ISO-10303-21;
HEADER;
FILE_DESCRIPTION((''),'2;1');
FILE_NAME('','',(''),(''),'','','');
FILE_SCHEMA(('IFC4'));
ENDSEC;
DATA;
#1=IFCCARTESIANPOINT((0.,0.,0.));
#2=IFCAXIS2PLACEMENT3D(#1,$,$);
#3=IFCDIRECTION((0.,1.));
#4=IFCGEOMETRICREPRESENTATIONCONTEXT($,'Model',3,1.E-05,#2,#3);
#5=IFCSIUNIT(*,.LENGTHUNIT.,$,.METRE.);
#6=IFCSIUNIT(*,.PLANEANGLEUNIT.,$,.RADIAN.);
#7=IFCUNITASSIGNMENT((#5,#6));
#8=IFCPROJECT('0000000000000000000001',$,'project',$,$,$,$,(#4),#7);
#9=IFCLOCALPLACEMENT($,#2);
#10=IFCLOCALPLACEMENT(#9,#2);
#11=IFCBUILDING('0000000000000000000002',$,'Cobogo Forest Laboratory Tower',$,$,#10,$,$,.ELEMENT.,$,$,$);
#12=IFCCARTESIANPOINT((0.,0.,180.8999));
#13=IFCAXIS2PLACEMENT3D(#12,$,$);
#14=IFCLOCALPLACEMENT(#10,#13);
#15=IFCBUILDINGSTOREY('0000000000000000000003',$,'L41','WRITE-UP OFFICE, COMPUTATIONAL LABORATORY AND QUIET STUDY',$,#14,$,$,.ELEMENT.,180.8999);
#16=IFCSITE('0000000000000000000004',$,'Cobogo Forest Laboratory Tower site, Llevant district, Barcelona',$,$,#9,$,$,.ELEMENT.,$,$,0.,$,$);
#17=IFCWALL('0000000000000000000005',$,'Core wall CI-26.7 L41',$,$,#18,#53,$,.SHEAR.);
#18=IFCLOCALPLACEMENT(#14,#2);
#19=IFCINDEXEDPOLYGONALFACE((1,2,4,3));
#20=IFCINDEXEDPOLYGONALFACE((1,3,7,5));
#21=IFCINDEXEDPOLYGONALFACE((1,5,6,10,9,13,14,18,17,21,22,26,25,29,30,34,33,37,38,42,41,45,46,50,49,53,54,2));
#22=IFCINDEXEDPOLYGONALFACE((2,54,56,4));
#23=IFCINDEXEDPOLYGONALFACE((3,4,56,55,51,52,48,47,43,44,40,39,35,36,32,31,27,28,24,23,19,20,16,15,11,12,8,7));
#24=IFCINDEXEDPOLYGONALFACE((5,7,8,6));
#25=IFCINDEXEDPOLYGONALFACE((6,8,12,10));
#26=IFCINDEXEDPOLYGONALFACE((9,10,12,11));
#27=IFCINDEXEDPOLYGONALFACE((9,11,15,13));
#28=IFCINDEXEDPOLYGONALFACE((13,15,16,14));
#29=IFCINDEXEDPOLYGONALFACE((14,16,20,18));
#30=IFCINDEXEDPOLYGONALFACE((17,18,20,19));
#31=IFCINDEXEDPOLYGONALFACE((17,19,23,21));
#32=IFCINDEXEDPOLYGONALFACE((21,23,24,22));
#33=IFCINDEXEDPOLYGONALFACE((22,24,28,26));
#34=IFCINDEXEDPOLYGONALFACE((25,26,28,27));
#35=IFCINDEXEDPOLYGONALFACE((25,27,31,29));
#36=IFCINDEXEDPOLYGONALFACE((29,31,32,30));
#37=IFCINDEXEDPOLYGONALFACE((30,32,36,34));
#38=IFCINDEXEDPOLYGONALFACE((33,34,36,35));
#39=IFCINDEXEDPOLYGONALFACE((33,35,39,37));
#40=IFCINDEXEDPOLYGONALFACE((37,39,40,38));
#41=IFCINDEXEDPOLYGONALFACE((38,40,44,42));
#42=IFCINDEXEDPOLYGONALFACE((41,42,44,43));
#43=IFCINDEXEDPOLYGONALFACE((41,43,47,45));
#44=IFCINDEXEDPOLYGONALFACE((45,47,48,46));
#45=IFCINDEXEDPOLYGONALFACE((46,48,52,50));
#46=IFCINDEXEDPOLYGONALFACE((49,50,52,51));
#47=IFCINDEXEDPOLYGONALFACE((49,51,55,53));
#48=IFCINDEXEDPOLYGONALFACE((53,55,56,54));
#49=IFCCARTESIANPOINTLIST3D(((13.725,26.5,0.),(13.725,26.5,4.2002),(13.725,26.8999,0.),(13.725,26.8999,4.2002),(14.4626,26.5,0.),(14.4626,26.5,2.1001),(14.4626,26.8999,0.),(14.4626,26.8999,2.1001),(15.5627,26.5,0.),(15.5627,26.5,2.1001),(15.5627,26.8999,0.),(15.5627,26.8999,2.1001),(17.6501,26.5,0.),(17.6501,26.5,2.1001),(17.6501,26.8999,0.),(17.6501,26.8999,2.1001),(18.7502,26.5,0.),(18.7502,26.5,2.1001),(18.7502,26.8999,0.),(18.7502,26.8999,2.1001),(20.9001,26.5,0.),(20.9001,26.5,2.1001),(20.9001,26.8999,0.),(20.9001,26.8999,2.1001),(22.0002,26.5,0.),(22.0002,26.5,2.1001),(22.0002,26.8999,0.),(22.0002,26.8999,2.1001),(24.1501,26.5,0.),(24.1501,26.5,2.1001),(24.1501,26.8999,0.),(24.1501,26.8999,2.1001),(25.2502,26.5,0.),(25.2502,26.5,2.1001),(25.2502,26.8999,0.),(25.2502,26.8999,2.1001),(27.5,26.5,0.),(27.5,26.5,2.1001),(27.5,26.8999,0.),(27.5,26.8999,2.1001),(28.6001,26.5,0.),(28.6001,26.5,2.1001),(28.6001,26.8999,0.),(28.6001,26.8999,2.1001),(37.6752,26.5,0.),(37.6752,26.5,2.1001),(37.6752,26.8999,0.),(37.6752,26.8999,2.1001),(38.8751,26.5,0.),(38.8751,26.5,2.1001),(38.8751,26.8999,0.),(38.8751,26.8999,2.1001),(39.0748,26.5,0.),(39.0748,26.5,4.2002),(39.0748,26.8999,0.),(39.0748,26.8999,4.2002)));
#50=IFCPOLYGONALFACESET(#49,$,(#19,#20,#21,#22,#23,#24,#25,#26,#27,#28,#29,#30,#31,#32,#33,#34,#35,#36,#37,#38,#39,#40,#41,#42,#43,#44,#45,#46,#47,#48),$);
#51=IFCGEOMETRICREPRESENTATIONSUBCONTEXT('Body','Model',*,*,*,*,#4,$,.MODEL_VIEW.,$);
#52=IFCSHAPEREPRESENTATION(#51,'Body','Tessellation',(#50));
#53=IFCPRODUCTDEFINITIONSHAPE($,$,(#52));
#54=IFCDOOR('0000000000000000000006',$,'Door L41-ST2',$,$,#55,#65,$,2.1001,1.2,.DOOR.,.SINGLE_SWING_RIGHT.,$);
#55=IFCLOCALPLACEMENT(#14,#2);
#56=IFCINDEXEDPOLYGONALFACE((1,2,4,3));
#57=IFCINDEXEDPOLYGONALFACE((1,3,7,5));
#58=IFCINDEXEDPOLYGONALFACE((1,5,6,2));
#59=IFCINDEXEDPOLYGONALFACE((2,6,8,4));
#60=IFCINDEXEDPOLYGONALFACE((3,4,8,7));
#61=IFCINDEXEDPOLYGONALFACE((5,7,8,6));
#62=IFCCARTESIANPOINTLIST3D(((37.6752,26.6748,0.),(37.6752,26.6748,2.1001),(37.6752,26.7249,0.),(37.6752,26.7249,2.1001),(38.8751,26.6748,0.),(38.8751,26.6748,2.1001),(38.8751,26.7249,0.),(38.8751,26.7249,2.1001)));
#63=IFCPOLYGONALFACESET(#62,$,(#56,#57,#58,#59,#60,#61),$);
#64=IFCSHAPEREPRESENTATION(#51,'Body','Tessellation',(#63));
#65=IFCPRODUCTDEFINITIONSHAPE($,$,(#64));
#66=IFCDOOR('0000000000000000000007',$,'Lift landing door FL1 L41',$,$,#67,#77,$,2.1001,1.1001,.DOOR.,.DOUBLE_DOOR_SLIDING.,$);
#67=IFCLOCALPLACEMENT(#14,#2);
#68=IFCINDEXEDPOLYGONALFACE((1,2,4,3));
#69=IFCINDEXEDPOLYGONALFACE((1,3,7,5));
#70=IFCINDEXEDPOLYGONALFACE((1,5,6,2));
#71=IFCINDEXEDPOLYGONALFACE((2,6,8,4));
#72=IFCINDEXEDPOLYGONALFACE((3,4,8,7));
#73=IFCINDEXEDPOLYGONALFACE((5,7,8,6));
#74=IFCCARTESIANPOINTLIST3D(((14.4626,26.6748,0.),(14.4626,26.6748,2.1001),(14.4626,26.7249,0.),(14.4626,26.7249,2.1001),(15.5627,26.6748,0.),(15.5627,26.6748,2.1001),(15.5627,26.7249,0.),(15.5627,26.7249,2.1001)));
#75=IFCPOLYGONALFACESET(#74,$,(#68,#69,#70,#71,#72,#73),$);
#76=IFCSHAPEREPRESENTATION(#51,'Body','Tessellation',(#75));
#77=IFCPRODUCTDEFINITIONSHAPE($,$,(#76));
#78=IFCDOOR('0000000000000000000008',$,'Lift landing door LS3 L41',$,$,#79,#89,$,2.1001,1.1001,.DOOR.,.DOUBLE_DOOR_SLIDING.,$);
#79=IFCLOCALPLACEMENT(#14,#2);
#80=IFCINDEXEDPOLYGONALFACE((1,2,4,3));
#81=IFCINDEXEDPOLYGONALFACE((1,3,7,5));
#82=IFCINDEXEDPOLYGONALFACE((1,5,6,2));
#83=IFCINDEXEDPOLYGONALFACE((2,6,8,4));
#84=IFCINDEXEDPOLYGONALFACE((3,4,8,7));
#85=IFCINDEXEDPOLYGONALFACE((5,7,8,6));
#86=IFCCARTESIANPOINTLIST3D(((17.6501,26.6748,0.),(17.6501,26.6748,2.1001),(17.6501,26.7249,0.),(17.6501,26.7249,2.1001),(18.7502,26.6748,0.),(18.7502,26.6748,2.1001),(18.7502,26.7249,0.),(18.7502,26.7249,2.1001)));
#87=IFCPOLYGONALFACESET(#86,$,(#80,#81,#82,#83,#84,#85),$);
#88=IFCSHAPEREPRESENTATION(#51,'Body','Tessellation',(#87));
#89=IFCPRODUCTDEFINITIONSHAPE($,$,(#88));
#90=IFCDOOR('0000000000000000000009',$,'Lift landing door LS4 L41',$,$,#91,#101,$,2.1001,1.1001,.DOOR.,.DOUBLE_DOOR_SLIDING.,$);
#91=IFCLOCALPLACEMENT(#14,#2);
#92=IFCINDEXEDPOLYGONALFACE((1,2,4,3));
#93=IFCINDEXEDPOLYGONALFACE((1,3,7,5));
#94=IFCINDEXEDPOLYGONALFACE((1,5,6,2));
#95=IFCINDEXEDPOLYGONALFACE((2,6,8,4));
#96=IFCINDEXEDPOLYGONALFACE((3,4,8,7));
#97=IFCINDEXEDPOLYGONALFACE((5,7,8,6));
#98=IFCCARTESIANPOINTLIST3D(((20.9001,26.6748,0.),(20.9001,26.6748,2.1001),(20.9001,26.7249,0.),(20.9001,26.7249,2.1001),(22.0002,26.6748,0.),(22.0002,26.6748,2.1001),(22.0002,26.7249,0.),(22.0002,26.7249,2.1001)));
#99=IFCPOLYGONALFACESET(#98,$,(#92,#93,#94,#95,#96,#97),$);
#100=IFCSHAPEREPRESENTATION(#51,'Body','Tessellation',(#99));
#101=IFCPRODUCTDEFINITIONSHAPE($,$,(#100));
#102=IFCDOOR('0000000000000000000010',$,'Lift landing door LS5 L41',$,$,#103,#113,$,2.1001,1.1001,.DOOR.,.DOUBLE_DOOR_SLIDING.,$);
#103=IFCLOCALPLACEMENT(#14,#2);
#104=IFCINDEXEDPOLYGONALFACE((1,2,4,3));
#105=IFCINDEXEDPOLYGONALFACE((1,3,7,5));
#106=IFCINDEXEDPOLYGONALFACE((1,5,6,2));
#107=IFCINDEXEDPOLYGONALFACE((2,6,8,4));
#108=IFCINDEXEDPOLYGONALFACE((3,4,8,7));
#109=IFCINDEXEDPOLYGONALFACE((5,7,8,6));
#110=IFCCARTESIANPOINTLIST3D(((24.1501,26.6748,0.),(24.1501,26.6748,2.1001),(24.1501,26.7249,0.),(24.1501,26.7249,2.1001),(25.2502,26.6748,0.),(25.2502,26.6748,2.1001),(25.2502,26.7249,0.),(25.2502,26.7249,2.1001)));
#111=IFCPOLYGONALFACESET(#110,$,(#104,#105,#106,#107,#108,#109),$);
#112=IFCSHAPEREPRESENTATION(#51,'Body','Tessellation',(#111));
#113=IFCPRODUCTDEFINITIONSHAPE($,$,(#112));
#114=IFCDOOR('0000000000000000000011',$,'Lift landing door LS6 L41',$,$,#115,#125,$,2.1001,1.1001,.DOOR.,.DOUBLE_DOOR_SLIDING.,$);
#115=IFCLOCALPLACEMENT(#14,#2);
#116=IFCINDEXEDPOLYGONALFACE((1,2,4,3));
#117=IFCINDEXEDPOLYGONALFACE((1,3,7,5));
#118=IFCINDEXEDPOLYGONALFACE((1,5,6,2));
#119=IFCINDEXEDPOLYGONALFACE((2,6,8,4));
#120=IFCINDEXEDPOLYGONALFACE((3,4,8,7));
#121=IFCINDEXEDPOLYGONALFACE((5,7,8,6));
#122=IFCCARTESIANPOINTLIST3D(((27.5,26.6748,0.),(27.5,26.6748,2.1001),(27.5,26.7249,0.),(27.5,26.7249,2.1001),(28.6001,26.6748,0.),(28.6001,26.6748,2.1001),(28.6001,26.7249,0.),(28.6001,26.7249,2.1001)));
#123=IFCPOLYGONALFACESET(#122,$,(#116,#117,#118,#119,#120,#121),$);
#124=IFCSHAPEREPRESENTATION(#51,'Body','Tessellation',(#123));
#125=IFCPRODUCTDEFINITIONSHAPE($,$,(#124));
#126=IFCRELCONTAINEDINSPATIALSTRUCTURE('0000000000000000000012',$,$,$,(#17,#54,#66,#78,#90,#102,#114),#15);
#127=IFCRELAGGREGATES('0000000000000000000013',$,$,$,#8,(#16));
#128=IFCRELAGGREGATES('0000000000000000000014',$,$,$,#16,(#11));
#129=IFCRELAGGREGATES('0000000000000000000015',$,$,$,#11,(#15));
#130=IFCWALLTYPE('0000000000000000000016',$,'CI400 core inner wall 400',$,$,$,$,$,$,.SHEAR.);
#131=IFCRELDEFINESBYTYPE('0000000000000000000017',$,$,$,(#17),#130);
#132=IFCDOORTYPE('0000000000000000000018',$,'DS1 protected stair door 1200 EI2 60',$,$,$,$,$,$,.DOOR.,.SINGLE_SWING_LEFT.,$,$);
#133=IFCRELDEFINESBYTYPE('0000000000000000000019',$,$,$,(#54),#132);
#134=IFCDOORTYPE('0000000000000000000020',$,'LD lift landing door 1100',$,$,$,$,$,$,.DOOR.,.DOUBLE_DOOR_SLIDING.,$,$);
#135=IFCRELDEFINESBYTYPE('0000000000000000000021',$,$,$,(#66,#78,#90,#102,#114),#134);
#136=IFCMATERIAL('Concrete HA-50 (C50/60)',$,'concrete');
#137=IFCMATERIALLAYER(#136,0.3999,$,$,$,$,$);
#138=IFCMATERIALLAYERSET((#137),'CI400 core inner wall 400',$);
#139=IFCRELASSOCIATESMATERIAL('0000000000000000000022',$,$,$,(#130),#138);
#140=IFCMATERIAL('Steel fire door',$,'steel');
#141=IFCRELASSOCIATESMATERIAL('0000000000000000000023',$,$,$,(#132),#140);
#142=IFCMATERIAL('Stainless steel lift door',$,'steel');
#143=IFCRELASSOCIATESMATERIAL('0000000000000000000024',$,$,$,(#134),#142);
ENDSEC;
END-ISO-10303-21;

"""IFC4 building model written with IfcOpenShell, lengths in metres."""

from ifc_helpers import new_model, si_unit, direction, frame, frame_2d, origin, place, context, subcontext, project, spatial, rectangle, extrude, material, layer, layer_set, type_object, element, fill, save


model = new_model("IFC4")

# Units and contexts
model_context = context("Model", 3, precision=1e-05, world=origin(), true_north=direction((0.0, 1.0)))
body_context = subcontext(model_context, "Body", "Model", "MODEL_VIEW")
ifc_project = project(units=[si_unit("LENGTHUNIT", "METRE"), si_unit("PLANEANGLEUNIT", "RADIAN")], contexts=[model_context])

# Site, building, storey
site_placement = place(None, origin())
site = spatial("IfcSite", under=ifc_project, at=site_placement, Name="Cobogo Forest Laboratory Tower site, Llevant district, Barcelona", CompositionType="ELEMENT", RefElevation=0.0)
building_placement = place(site_placement, origin())
building = spatial("IfcBuilding", under=site, at=building_placement, Name="Cobogo Forest Laboratory Tower", CompositionType="ELEMENT")
storey_placement = place(building_placement, frame((0.0, 0.0, 180.8999)))
storey = spatial("IfcBuildingStorey", under=building, at=storey_placement, Name="L41", Description="WRITE-UP OFFICE, COMPUTATIONAL LABORATORY AND QUIET STUDY", CompositionType="ELEMENT", Elevation=180.8999)

# Shared definitions
ifc_material_1 = material(Name="Concrete HA-50 (C50/60)", Category="concrete")

# Wall, openings, doors
ifc_layer_1 = layer(ifc_material_1, 0.3999)
ifc_layer_set_1 = layer_set([ifc_layer_1], Name="CI400 core inner wall 400")
wall_type_1 = type_object("IfcWallType", Name="CI400 core inner wall 400", PredefinedType="SHEAR", material=ifc_layer_set_1)
wall_1_placement = place(storey_placement, frame((13.7251, 26.7, 0.0), z_axis=(0.0, 0.0, 1.0), x_axis=(1.0, 0.0, 0.0)))
wall_1 = element("IfcWall", 1, at=wall_1_placement, inside=storey, type_object=wall_type_1, Name="Core wall CI-26.7 L41", PredefinedType="SHEAR", context=body_context, shape_type="SweptSolid", body=[
    extrude(rectangle(XDim=25.3499, YDim=0.3999, at=frame_2d((12.6748, 0.0))), origin(), (0.0, 0.0, 1.0), 4.2002),
])
opening_1_placement = place(wall_1_placement, frame((23.95, 0.0, 0.0)))
opening_1 = element("IfcOpeningElement", 2, at=opening_1_placement, cuts=wall_1, PredefinedType="OPENING", context=body_context, shape_type="SweptSolid", body=[
    extrude(rectangle(XDim=1.2, YDim=2.1001, at=frame_2d((0.6001, 1.05))), frame((0.0, 0.21, 0.0), z_axis=(0.0, -1.0, 0.0), x_axis=(1.0, 0.0, 0.0)), (0.0, 0.0, 1.0), 0.4199),
])
opening_2_placement = place(wall_1_placement, frame((0.7375, 0.0, 0.0)))
opening_2 = element("IfcOpeningElement", 3, at=opening_2_placement, cuts=wall_1, PredefinedType="OPENING", context=body_context, shape_type="SweptSolid", body=[
    extrude(rectangle(XDim=1.1001, YDim=2.1001, at=frame_2d((0.55, 1.05))), frame((0.0, 0.21, 0.0), z_axis=(0.0, -1.0, 0.0), x_axis=(1.0, 0.0, 0.0)), (0.0, 0.0, 1.0), 0.4199),
])
opening_3_placement = place(wall_1_placement, frame((3.925, 0.0, 0.0)))
opening_3 = element("IfcOpeningElement", 4, at=opening_3_placement, cuts=wall_1, PredefinedType="OPENING", context=body_context, shape_type="SweptSolid", body=[
    extrude(rectangle(XDim=1.1001, YDim=2.1001, at=frame_2d((0.55, 1.05))), frame((0.0, 0.21, 0.0), z_axis=(0.0, -1.0, 0.0), x_axis=(1.0, 0.0, 0.0)), (0.0, 0.0, 1.0), 0.4199),
])
opening_4_placement = place(wall_1_placement, frame((7.175, 0.0, 0.0)))
opening_4 = element("IfcOpeningElement", 5, at=opening_4_placement, cuts=wall_1, PredefinedType="OPENING", context=body_context, shape_type="SweptSolid", body=[
    extrude(rectangle(XDim=1.1001, YDim=2.1001, at=frame_2d((0.55, 1.05))), frame((0.0, 0.21, 0.0), z_axis=(0.0, -1.0, 0.0), x_axis=(1.0, 0.0, 0.0)), (0.0, 0.0, 1.0), 0.4199),
])
opening_5_placement = place(wall_1_placement, frame((10.425, 0.0, 0.0)))
opening_5 = element("IfcOpeningElement", 6, at=opening_5_placement, cuts=wall_1, PredefinedType="OPENING", context=body_context, shape_type="SweptSolid", body=[
    extrude(rectangle(XDim=1.1001, YDim=2.1001, at=frame_2d((0.55, 1.05))), frame((0.0, 0.21, 0.0), z_axis=(0.0, -1.0, 0.0), x_axis=(1.0, 0.0, 0.0)), (0.0, 0.0, 1.0), 0.4199),
])
opening_6_placement = place(wall_1_placement, frame((13.7749, 0.0, 0.0)))
opening_6 = element("IfcOpeningElement", 7, at=opening_6_placement, cuts=wall_1, PredefinedType="OPENING", context=body_context, shape_type="SweptSolid", body=[
    extrude(rectangle(XDim=1.1001, YDim=2.1001, at=frame_2d((0.55, 1.05))), frame((0.0, 0.21, 0.0), z_axis=(0.0, -1.0, 0.0), x_axis=(1.0, 0.0, 0.0)), (0.0, 0.0, 1.0), 0.4199),
])
ifc_material_2 = material(Name="Steel fire door", Category="steel")
door_type_1 = type_object("IfcDoorType", Name="DS1 protected stair door 1200 EI2 60", OperationType="SINGLE_SWING_LEFT", PredefinedType="DOOR", material=ifc_material_2)
door_1_placement = place(opening_1_placement, origin())
door_1 = element("IfcDoor", 8, at=door_1_placement, inside=storey, type_object=door_type_1, Name="Door L41-ST2", OperationType="SINGLE_SWING_RIGHT", OverallHeight=2.1001, OverallWidth=1.2, PredefinedType="DOOR", context=body_context, shape_type="SweptSolid", body=[
    extrude(rectangle(XDim=1.2, YDim=2.1001, at=frame_2d((0.6001, 1.05))), frame((0.0, 0.0249, 0.0), z_axis=(0.0, -1.0, 0.0), x_axis=(1.0, 0.0, 0.0)), (0.0, 0.0, 1.0), 0.05),
])
fill(opening_1, door_1)
ifc_material_3 = material(Name="Stainless steel lift door", Category="steel")
door_type_2 = type_object("IfcDoorType", Name="LD lift landing door 1100", OperationType="DOUBLE_DOOR_SLIDING", PredefinedType="DOOR", material=ifc_material_3)
door_2_placement = place(opening_2_placement, origin())
door_2 = element("IfcDoor", 9, at=door_2_placement, inside=storey, type_object=door_type_2, Name="Lift landing door FL1 L41", OperationType="DOUBLE_DOOR_SLIDING", OverallHeight=2.1001, OverallWidth=1.1001, PredefinedType="DOOR", context=body_context, shape_type="SweptSolid", body=[
    extrude(rectangle(XDim=1.1001, YDim=2.1001, at=frame_2d((0.55, 1.05))), frame((0.0, 0.0249, 0.0), z_axis=(0.0, -1.0, 0.0), x_axis=(1.0, 0.0, 0.0)), (0.0, 0.0, 1.0), 0.05),
])
fill(opening_2, door_2)
door_3_placement = place(opening_3_placement, origin())
door_3 = element("IfcDoor", 10, at=door_3_placement, inside=storey, type_object=door_type_2, Name="Lift landing door LS3 L41", OperationType="DOUBLE_DOOR_SLIDING", OverallHeight=2.1001, OverallWidth=1.1001, PredefinedType="DOOR", context=body_context, shape_type="SweptSolid", body=[
    extrude(rectangle(XDim=1.1001, YDim=2.1001, at=frame_2d((0.55, 1.05))), frame((0.0, 0.0249, 0.0), z_axis=(0.0, -1.0, 0.0), x_axis=(1.0, 0.0, 0.0)), (0.0, 0.0, 1.0), 0.05),
])
fill(opening_3, door_3)
door_4_placement = place(opening_4_placement, origin())
door_4 = element("IfcDoor", 11, at=door_4_placement, inside=storey, type_object=door_type_2, Name="Lift landing door LS4 L41", OperationType="DOUBLE_DOOR_SLIDING", OverallHeight=2.1001, OverallWidth=1.1001, PredefinedType="DOOR", context=body_context, shape_type="SweptSolid", body=[
    extrude(rectangle(XDim=1.1001, YDim=2.1001, at=frame_2d((0.55, 1.05))), frame((0.0, 0.0249, 0.0), z_axis=(0.0, -1.0, 0.0), x_axis=(1.0, 0.0, 0.0)), (0.0, 0.0, 1.0), 0.05),
])
fill(opening_4, door_4)
door_5_placement = place(opening_5_placement, origin())
door_5 = element("IfcDoor", 12, at=door_5_placement, inside=storey, type_object=door_type_2, Name="Lift landing door LS5 L41", OperationType="DOUBLE_DOOR_SLIDING", OverallHeight=2.1001, OverallWidth=1.1001, PredefinedType="DOOR", context=body_context, shape_type="SweptSolid", body=[
    extrude(rectangle(XDim=1.1001, YDim=2.1001, at=frame_2d((0.55, 1.05))), frame((0.0, 0.0249, 0.0), z_axis=(0.0, -1.0, 0.0), x_axis=(1.0, 0.0, 0.0)), (0.0, 0.0, 1.0), 0.05),
])
fill(opening_5, door_5)
door_6_placement = place(opening_6_placement, origin())
door_6 = element("IfcDoor", 13, at=door_6_placement, inside=storey, type_object=door_type_2, Name="Lift landing door LS6 L41", OperationType="DOUBLE_DOOR_SLIDING", OverallHeight=2.1001, OverallWidth=1.1001, PredefinedType="DOOR", context=body_context, shape_type="SweptSolid", body=[
    extrude(rectangle(XDim=1.1001, YDim=2.1001, at=frame_2d((0.55, 1.05))), frame((0.0, 0.0249, 0.0), z_axis=(0.0, -1.0, 0.0), x_axis=(1.0, 0.0, 0.0)), (0.0, 0.0, 1.0), 0.05),
])
fill(opening_6, door_6)

save(model, "model.ifc")
